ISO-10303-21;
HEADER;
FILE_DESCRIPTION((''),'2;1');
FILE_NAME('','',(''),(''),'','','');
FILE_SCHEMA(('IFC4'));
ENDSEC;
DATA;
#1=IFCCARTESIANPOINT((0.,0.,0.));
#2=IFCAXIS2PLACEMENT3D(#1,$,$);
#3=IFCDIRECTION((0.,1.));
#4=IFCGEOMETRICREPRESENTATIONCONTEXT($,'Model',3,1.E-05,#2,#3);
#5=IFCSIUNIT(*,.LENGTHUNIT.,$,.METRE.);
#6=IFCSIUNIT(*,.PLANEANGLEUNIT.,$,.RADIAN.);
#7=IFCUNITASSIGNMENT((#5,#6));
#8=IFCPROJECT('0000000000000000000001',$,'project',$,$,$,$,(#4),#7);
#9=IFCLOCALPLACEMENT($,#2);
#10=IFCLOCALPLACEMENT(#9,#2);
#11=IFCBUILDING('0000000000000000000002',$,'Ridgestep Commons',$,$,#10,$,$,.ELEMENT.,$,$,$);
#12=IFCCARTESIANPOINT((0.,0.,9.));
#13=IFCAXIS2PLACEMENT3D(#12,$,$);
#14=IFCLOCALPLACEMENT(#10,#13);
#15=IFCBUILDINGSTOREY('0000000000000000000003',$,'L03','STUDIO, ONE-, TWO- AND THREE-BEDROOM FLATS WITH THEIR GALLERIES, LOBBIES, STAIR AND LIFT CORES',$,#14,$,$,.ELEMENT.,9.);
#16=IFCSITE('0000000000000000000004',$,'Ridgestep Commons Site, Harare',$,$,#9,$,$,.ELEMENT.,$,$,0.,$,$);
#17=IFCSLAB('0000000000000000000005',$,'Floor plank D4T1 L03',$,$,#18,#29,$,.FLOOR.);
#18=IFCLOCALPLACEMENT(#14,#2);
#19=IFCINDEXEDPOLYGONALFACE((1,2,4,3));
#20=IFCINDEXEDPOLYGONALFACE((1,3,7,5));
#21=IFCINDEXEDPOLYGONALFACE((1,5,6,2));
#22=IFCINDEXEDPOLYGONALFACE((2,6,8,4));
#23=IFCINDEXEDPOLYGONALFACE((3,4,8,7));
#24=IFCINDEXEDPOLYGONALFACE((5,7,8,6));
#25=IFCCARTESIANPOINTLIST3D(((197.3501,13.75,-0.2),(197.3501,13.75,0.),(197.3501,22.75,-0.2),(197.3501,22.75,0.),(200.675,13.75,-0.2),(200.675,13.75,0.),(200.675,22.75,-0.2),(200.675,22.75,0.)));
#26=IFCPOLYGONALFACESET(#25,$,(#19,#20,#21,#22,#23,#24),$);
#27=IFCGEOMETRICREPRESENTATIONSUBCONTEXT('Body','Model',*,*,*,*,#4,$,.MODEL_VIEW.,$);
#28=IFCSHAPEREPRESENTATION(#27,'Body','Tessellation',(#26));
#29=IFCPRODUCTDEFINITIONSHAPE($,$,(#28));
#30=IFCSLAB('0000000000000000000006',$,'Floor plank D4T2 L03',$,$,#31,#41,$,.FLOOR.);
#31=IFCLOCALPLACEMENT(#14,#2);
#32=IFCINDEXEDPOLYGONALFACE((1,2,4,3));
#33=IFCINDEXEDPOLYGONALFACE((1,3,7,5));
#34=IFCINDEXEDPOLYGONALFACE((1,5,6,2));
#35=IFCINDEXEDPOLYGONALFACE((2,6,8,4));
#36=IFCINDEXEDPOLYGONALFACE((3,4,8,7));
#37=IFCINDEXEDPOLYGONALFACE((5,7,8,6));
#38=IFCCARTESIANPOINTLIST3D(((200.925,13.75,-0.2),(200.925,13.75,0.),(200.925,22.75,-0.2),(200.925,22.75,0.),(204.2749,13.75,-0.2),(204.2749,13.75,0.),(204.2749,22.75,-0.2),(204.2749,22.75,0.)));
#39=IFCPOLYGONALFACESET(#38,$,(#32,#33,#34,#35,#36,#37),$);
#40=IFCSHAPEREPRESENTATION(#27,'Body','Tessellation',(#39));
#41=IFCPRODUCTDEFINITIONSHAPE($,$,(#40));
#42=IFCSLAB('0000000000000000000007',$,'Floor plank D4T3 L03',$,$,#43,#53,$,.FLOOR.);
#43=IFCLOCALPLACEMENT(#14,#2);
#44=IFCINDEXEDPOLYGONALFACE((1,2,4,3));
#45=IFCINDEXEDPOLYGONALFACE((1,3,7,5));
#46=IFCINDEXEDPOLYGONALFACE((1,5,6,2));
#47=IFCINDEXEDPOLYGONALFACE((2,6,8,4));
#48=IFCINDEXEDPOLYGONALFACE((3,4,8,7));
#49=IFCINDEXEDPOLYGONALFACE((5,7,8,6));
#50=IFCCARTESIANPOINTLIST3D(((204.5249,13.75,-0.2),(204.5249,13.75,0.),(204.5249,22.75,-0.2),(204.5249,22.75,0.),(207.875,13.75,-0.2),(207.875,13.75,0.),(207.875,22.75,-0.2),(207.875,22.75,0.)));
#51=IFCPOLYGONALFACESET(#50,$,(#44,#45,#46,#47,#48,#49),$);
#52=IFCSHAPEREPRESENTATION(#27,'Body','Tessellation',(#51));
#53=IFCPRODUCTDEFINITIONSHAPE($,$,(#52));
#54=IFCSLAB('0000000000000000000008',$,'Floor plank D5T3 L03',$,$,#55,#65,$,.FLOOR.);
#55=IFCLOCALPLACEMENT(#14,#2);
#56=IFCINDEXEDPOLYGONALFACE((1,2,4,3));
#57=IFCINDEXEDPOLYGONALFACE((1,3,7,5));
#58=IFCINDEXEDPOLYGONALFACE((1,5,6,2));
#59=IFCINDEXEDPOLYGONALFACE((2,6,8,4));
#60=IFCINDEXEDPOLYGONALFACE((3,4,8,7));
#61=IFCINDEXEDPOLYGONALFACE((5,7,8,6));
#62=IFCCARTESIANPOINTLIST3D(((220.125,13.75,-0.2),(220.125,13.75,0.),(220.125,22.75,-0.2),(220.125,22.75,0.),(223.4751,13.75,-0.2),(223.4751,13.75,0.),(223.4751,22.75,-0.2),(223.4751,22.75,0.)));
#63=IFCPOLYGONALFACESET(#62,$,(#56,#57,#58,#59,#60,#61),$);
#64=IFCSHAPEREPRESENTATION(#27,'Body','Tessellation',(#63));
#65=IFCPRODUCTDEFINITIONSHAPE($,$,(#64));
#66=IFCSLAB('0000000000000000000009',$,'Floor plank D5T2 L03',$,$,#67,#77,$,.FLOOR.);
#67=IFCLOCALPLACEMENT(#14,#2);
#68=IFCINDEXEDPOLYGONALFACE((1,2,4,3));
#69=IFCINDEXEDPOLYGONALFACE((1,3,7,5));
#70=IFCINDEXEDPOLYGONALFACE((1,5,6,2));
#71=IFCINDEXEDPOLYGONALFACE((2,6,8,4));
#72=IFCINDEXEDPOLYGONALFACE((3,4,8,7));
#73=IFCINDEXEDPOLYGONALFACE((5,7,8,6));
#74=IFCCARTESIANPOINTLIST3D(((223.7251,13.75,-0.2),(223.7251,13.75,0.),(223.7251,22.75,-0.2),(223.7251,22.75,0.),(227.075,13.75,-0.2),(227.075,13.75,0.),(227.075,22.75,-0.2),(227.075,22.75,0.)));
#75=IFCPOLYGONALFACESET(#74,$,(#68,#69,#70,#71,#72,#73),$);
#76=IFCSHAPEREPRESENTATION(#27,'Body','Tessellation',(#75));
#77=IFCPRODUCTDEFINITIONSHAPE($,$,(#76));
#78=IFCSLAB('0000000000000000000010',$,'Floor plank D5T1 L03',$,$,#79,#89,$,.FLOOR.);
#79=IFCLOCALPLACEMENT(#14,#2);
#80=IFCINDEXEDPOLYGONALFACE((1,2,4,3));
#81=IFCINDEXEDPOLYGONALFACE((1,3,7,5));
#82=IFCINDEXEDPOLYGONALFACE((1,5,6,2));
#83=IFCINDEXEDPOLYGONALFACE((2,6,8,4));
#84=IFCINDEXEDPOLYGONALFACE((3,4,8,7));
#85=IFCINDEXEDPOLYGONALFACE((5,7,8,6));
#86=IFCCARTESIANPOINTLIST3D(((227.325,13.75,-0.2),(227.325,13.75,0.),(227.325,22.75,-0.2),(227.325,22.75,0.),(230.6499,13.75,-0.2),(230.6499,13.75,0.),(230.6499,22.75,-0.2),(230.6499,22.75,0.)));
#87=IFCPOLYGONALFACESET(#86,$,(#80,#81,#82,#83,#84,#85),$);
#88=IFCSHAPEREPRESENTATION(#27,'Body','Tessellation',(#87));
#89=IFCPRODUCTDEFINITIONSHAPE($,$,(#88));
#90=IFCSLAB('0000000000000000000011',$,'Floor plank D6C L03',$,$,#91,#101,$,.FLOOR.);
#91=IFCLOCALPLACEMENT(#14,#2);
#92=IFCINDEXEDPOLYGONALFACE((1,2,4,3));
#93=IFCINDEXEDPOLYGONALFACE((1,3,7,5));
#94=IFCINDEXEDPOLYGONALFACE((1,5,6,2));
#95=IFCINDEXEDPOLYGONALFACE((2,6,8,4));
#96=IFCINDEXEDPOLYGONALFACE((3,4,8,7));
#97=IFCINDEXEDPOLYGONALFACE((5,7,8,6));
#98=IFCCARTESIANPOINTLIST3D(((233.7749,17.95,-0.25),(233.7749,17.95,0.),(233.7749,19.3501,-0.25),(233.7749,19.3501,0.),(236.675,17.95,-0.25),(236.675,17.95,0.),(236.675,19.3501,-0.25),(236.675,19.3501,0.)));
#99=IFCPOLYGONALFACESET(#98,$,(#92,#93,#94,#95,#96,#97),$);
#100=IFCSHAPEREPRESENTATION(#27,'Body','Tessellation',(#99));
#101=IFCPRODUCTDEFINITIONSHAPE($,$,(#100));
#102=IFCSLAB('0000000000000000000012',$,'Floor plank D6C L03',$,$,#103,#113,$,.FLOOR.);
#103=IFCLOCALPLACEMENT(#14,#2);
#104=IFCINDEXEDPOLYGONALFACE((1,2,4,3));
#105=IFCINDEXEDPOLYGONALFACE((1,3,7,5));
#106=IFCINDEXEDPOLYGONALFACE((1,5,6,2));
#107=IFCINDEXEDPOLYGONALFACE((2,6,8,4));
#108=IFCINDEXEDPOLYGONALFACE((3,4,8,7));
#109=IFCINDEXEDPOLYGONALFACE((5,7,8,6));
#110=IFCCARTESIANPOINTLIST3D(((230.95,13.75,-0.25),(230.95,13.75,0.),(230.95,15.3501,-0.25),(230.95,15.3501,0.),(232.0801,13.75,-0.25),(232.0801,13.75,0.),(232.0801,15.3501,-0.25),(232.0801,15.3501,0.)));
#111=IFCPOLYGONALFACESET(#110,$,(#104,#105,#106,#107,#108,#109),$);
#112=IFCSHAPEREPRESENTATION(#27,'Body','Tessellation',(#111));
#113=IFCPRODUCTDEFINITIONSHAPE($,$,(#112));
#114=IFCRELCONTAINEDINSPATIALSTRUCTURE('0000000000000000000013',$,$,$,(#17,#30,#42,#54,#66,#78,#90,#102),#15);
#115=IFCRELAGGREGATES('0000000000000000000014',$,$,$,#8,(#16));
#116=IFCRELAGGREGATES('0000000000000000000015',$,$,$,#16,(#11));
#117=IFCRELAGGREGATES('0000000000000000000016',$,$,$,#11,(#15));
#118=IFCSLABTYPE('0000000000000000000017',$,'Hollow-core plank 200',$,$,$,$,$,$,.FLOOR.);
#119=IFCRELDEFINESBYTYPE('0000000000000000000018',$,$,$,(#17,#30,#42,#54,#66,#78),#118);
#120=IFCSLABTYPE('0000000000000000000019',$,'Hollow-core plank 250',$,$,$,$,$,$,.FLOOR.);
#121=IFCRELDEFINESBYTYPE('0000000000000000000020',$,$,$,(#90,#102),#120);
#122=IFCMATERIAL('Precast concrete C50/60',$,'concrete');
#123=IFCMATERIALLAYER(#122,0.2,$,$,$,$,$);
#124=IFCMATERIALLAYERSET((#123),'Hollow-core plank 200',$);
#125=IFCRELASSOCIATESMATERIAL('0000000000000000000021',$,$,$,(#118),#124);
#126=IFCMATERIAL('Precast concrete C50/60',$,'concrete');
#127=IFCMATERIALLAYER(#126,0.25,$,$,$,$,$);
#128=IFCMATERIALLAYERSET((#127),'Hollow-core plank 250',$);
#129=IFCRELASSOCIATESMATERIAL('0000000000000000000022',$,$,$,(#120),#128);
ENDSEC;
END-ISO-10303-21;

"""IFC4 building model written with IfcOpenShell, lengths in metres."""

from ifc_helpers import new_model, si_unit, direction, frame, origin, place, context, subcontext, project, spatial, polyline, outline, extrude, material, layer, layer_set, type_object, element, save


model = new_model("IFC4")

# Units and contexts
model_context = context("Model", 3, precision=1e-05, world=origin(), true_north=direction((0.0, 1.0)))
body_context = subcontext(model_context, "Body", "Model", "MODEL_VIEW")
ifc_project = project(units=[si_unit("LENGTHUNIT", "METRE"), si_unit("PLANEANGLEUNIT", "RADIAN")], contexts=[model_context])

# Site, building, storey
site_placement = place(None, origin())
site = spatial("IfcSite", under=ifc_project, at=site_placement, Name="Ridgestep Commons Site, Harare", CompositionType="ELEMENT", RefElevation=0.0)
building_placement = place(site_placement, origin())
building = spatial("IfcBuilding", under=site, at=building_placement, Name="Ridgestep Commons", CompositionType="ELEMENT")
storey_placement = place(building_placement, frame((0.0, 0.0, 9.0)))
storey = spatial("IfcBuildingStorey", under=building, at=storey_placement, Name="L03", Description="STUDIO, ONE-, TWO- AND THREE-BEDROOM FLATS WITH THEIR GALLERIES, LOBBIES, STAIR AND LIFT CORES", CompositionType="ELEMENT", Elevation=9.0)

# Slabs
ifc_material_1 = material(Name="Precast concrete C50/60", Category="concrete")
ifc_layer_1 = layer(ifc_material_1, 0.2)
ifc_layer_set_1 = layer_set([ifc_layer_1], Name="Hollow-core plank 200")
slab_type_1 = type_object("IfcSlabType", Name="Hollow-core plank 200", PredefinedType="FLOOR", material=ifc_layer_set_1)
slab_1_placement = place(storey_placement, frame((0.0, 0.0, -0.2)))
element("IfcSlab", 1, at=slab_1_placement, inside=storey, type_object=slab_type_1, Name="Floor plank D4T1 L03", PredefinedType="FLOOR", context=body_context, shape_type="SweptSolid", body=[
    extrude(outline(polyline([(200.675, 13.75), (200.675, 22.75), (197.3501, 22.75), (197.3501, 13.75), (200.675, 13.75)])), origin(), (0.0, 0.0, 1.0), 0.2),
])
slab_2_placement = place(storey_placement, frame((0.0, 0.0, -0.2)))
element("IfcSlab", 2, at=slab_2_placement, inside=storey, type_object=slab_type_1, Name="Floor plank D4T2 L03", PredefinedType="FLOOR", context=body_context, shape_type="SweptSolid", body=[
    extrude(outline(polyline([(204.2749, 13.75), (204.2749, 22.75), (200.925, 22.75), (200.925, 13.75), (204.2749, 13.75)])), origin(), (0.0, 0.0, 1.0), 0.2),
])
slab_3_placement = place(storey_placement, frame((0.0, 0.0, -0.2)))
element("IfcSlab", 3, at=slab_3_placement, inside=storey, type_object=slab_type_1, Name="Floor plank D4T3 L03", PredefinedType="FLOOR", context=body_context, shape_type="SweptSolid", body=[
    extrude(outline(polyline([(207.875, 13.75), (207.875, 22.75), (204.5249, 22.75), (204.5249, 13.75), (207.875, 13.75)])), origin(), (0.0, 0.0, 1.0), 0.2),
])
slab_4_placement = place(storey_placement, frame((0.0, 0.0, -0.2)))
element("IfcSlab", 4, at=slab_4_placement, inside=storey, type_object=slab_type_1, Name="Floor plank D5T3 L03", PredefinedType="FLOOR", context=body_context, shape_type="SweptSolid", body=[
    extrude(outline(polyline([(223.4751, 13.75), (223.4751, 22.75), (220.125, 22.75), (220.125, 13.75), (223.4751, 13.75)])), origin(), (0.0, 0.0, 1.0), 0.2),
])
slab_5_placement = place(storey_placement, frame((0.0, 0.0, -0.2)))
element("IfcSlab", 5, at=slab_5_placement, inside=storey, type_object=slab_type_1, Name="Floor plank D5T2 L03", PredefinedType="FLOOR", context=body_context, shape_type="SweptSolid", body=[
    extrude(outline(polyline([(227.075, 13.75), (227.075, 22.75), (223.7251, 22.75), (223.7251, 13.75), (227.075, 13.75)])), origin(), (0.0, 0.0, 1.0), 0.2),
])
slab_6_placement = place(storey_placement, frame((0.0, 0.0, -0.2)))
element("IfcSlab", 6, at=slab_6_placement, inside=storey, type_object=slab_type_1, Name="Floor plank D5T1 L03", PredefinedType="FLOOR", context=body_context, shape_type="SweptSolid", body=[
    extrude(outline(polyline([(230.6499, 13.75), (230.6499, 22.75), (227.325, 22.75), (227.325, 13.75), (230.6499, 13.75)])), origin(), (0.0, 0.0, 1.0), 0.2),
])
ifc_material_2 = material(Name="Precast concrete C50/60", Category="concrete")
ifc_layer_2 = layer(ifc_material_2, 0.25)
ifc_layer_set_2 = layer_set([ifc_layer_2], Name="Hollow-core plank 250")
slab_type_2 = type_object("IfcSlabType", Name="Hollow-core plank 250", PredefinedType="FLOOR", material=ifc_layer_set_2)
slab_7_placement = place(storey_placement, frame((0.0, 0.0, -0.25)))
element("IfcSlab", 7, at=slab_7_placement, inside=storey, type_object=slab_type_2, Name="Floor plank D6C L03", PredefinedType="FLOOR", context=body_context, shape_type="SweptSolid", body=[
    extrude(outline(polyline([(236.675, 17.95), (236.675, 19.3501), (233.7749, 19.3501), (233.7749, 17.95), (236.675, 17.95)])), origin(), (0.0, 0.0, 1.0), 0.25),
])
slab_8_placement = place(storey_placement, frame((0.0, 0.0, -0.25)))
element("IfcSlab", 8, at=slab_8_placement, inside=storey, type_object=slab_type_2, Name="Floor plank D6C L03", PredefinedType="FLOOR", context=body_context, shape_type="SweptSolid", body=[
    extrude(outline(polyline([(232.0801, 15.3501), (230.95, 15.3501), (230.95, 13.75), (232.0801, 13.75), (232.0801, 15.3501)])), origin(), (0.0, 0.0, 1.0), 0.25),
])

save(model, "model.ifc")
